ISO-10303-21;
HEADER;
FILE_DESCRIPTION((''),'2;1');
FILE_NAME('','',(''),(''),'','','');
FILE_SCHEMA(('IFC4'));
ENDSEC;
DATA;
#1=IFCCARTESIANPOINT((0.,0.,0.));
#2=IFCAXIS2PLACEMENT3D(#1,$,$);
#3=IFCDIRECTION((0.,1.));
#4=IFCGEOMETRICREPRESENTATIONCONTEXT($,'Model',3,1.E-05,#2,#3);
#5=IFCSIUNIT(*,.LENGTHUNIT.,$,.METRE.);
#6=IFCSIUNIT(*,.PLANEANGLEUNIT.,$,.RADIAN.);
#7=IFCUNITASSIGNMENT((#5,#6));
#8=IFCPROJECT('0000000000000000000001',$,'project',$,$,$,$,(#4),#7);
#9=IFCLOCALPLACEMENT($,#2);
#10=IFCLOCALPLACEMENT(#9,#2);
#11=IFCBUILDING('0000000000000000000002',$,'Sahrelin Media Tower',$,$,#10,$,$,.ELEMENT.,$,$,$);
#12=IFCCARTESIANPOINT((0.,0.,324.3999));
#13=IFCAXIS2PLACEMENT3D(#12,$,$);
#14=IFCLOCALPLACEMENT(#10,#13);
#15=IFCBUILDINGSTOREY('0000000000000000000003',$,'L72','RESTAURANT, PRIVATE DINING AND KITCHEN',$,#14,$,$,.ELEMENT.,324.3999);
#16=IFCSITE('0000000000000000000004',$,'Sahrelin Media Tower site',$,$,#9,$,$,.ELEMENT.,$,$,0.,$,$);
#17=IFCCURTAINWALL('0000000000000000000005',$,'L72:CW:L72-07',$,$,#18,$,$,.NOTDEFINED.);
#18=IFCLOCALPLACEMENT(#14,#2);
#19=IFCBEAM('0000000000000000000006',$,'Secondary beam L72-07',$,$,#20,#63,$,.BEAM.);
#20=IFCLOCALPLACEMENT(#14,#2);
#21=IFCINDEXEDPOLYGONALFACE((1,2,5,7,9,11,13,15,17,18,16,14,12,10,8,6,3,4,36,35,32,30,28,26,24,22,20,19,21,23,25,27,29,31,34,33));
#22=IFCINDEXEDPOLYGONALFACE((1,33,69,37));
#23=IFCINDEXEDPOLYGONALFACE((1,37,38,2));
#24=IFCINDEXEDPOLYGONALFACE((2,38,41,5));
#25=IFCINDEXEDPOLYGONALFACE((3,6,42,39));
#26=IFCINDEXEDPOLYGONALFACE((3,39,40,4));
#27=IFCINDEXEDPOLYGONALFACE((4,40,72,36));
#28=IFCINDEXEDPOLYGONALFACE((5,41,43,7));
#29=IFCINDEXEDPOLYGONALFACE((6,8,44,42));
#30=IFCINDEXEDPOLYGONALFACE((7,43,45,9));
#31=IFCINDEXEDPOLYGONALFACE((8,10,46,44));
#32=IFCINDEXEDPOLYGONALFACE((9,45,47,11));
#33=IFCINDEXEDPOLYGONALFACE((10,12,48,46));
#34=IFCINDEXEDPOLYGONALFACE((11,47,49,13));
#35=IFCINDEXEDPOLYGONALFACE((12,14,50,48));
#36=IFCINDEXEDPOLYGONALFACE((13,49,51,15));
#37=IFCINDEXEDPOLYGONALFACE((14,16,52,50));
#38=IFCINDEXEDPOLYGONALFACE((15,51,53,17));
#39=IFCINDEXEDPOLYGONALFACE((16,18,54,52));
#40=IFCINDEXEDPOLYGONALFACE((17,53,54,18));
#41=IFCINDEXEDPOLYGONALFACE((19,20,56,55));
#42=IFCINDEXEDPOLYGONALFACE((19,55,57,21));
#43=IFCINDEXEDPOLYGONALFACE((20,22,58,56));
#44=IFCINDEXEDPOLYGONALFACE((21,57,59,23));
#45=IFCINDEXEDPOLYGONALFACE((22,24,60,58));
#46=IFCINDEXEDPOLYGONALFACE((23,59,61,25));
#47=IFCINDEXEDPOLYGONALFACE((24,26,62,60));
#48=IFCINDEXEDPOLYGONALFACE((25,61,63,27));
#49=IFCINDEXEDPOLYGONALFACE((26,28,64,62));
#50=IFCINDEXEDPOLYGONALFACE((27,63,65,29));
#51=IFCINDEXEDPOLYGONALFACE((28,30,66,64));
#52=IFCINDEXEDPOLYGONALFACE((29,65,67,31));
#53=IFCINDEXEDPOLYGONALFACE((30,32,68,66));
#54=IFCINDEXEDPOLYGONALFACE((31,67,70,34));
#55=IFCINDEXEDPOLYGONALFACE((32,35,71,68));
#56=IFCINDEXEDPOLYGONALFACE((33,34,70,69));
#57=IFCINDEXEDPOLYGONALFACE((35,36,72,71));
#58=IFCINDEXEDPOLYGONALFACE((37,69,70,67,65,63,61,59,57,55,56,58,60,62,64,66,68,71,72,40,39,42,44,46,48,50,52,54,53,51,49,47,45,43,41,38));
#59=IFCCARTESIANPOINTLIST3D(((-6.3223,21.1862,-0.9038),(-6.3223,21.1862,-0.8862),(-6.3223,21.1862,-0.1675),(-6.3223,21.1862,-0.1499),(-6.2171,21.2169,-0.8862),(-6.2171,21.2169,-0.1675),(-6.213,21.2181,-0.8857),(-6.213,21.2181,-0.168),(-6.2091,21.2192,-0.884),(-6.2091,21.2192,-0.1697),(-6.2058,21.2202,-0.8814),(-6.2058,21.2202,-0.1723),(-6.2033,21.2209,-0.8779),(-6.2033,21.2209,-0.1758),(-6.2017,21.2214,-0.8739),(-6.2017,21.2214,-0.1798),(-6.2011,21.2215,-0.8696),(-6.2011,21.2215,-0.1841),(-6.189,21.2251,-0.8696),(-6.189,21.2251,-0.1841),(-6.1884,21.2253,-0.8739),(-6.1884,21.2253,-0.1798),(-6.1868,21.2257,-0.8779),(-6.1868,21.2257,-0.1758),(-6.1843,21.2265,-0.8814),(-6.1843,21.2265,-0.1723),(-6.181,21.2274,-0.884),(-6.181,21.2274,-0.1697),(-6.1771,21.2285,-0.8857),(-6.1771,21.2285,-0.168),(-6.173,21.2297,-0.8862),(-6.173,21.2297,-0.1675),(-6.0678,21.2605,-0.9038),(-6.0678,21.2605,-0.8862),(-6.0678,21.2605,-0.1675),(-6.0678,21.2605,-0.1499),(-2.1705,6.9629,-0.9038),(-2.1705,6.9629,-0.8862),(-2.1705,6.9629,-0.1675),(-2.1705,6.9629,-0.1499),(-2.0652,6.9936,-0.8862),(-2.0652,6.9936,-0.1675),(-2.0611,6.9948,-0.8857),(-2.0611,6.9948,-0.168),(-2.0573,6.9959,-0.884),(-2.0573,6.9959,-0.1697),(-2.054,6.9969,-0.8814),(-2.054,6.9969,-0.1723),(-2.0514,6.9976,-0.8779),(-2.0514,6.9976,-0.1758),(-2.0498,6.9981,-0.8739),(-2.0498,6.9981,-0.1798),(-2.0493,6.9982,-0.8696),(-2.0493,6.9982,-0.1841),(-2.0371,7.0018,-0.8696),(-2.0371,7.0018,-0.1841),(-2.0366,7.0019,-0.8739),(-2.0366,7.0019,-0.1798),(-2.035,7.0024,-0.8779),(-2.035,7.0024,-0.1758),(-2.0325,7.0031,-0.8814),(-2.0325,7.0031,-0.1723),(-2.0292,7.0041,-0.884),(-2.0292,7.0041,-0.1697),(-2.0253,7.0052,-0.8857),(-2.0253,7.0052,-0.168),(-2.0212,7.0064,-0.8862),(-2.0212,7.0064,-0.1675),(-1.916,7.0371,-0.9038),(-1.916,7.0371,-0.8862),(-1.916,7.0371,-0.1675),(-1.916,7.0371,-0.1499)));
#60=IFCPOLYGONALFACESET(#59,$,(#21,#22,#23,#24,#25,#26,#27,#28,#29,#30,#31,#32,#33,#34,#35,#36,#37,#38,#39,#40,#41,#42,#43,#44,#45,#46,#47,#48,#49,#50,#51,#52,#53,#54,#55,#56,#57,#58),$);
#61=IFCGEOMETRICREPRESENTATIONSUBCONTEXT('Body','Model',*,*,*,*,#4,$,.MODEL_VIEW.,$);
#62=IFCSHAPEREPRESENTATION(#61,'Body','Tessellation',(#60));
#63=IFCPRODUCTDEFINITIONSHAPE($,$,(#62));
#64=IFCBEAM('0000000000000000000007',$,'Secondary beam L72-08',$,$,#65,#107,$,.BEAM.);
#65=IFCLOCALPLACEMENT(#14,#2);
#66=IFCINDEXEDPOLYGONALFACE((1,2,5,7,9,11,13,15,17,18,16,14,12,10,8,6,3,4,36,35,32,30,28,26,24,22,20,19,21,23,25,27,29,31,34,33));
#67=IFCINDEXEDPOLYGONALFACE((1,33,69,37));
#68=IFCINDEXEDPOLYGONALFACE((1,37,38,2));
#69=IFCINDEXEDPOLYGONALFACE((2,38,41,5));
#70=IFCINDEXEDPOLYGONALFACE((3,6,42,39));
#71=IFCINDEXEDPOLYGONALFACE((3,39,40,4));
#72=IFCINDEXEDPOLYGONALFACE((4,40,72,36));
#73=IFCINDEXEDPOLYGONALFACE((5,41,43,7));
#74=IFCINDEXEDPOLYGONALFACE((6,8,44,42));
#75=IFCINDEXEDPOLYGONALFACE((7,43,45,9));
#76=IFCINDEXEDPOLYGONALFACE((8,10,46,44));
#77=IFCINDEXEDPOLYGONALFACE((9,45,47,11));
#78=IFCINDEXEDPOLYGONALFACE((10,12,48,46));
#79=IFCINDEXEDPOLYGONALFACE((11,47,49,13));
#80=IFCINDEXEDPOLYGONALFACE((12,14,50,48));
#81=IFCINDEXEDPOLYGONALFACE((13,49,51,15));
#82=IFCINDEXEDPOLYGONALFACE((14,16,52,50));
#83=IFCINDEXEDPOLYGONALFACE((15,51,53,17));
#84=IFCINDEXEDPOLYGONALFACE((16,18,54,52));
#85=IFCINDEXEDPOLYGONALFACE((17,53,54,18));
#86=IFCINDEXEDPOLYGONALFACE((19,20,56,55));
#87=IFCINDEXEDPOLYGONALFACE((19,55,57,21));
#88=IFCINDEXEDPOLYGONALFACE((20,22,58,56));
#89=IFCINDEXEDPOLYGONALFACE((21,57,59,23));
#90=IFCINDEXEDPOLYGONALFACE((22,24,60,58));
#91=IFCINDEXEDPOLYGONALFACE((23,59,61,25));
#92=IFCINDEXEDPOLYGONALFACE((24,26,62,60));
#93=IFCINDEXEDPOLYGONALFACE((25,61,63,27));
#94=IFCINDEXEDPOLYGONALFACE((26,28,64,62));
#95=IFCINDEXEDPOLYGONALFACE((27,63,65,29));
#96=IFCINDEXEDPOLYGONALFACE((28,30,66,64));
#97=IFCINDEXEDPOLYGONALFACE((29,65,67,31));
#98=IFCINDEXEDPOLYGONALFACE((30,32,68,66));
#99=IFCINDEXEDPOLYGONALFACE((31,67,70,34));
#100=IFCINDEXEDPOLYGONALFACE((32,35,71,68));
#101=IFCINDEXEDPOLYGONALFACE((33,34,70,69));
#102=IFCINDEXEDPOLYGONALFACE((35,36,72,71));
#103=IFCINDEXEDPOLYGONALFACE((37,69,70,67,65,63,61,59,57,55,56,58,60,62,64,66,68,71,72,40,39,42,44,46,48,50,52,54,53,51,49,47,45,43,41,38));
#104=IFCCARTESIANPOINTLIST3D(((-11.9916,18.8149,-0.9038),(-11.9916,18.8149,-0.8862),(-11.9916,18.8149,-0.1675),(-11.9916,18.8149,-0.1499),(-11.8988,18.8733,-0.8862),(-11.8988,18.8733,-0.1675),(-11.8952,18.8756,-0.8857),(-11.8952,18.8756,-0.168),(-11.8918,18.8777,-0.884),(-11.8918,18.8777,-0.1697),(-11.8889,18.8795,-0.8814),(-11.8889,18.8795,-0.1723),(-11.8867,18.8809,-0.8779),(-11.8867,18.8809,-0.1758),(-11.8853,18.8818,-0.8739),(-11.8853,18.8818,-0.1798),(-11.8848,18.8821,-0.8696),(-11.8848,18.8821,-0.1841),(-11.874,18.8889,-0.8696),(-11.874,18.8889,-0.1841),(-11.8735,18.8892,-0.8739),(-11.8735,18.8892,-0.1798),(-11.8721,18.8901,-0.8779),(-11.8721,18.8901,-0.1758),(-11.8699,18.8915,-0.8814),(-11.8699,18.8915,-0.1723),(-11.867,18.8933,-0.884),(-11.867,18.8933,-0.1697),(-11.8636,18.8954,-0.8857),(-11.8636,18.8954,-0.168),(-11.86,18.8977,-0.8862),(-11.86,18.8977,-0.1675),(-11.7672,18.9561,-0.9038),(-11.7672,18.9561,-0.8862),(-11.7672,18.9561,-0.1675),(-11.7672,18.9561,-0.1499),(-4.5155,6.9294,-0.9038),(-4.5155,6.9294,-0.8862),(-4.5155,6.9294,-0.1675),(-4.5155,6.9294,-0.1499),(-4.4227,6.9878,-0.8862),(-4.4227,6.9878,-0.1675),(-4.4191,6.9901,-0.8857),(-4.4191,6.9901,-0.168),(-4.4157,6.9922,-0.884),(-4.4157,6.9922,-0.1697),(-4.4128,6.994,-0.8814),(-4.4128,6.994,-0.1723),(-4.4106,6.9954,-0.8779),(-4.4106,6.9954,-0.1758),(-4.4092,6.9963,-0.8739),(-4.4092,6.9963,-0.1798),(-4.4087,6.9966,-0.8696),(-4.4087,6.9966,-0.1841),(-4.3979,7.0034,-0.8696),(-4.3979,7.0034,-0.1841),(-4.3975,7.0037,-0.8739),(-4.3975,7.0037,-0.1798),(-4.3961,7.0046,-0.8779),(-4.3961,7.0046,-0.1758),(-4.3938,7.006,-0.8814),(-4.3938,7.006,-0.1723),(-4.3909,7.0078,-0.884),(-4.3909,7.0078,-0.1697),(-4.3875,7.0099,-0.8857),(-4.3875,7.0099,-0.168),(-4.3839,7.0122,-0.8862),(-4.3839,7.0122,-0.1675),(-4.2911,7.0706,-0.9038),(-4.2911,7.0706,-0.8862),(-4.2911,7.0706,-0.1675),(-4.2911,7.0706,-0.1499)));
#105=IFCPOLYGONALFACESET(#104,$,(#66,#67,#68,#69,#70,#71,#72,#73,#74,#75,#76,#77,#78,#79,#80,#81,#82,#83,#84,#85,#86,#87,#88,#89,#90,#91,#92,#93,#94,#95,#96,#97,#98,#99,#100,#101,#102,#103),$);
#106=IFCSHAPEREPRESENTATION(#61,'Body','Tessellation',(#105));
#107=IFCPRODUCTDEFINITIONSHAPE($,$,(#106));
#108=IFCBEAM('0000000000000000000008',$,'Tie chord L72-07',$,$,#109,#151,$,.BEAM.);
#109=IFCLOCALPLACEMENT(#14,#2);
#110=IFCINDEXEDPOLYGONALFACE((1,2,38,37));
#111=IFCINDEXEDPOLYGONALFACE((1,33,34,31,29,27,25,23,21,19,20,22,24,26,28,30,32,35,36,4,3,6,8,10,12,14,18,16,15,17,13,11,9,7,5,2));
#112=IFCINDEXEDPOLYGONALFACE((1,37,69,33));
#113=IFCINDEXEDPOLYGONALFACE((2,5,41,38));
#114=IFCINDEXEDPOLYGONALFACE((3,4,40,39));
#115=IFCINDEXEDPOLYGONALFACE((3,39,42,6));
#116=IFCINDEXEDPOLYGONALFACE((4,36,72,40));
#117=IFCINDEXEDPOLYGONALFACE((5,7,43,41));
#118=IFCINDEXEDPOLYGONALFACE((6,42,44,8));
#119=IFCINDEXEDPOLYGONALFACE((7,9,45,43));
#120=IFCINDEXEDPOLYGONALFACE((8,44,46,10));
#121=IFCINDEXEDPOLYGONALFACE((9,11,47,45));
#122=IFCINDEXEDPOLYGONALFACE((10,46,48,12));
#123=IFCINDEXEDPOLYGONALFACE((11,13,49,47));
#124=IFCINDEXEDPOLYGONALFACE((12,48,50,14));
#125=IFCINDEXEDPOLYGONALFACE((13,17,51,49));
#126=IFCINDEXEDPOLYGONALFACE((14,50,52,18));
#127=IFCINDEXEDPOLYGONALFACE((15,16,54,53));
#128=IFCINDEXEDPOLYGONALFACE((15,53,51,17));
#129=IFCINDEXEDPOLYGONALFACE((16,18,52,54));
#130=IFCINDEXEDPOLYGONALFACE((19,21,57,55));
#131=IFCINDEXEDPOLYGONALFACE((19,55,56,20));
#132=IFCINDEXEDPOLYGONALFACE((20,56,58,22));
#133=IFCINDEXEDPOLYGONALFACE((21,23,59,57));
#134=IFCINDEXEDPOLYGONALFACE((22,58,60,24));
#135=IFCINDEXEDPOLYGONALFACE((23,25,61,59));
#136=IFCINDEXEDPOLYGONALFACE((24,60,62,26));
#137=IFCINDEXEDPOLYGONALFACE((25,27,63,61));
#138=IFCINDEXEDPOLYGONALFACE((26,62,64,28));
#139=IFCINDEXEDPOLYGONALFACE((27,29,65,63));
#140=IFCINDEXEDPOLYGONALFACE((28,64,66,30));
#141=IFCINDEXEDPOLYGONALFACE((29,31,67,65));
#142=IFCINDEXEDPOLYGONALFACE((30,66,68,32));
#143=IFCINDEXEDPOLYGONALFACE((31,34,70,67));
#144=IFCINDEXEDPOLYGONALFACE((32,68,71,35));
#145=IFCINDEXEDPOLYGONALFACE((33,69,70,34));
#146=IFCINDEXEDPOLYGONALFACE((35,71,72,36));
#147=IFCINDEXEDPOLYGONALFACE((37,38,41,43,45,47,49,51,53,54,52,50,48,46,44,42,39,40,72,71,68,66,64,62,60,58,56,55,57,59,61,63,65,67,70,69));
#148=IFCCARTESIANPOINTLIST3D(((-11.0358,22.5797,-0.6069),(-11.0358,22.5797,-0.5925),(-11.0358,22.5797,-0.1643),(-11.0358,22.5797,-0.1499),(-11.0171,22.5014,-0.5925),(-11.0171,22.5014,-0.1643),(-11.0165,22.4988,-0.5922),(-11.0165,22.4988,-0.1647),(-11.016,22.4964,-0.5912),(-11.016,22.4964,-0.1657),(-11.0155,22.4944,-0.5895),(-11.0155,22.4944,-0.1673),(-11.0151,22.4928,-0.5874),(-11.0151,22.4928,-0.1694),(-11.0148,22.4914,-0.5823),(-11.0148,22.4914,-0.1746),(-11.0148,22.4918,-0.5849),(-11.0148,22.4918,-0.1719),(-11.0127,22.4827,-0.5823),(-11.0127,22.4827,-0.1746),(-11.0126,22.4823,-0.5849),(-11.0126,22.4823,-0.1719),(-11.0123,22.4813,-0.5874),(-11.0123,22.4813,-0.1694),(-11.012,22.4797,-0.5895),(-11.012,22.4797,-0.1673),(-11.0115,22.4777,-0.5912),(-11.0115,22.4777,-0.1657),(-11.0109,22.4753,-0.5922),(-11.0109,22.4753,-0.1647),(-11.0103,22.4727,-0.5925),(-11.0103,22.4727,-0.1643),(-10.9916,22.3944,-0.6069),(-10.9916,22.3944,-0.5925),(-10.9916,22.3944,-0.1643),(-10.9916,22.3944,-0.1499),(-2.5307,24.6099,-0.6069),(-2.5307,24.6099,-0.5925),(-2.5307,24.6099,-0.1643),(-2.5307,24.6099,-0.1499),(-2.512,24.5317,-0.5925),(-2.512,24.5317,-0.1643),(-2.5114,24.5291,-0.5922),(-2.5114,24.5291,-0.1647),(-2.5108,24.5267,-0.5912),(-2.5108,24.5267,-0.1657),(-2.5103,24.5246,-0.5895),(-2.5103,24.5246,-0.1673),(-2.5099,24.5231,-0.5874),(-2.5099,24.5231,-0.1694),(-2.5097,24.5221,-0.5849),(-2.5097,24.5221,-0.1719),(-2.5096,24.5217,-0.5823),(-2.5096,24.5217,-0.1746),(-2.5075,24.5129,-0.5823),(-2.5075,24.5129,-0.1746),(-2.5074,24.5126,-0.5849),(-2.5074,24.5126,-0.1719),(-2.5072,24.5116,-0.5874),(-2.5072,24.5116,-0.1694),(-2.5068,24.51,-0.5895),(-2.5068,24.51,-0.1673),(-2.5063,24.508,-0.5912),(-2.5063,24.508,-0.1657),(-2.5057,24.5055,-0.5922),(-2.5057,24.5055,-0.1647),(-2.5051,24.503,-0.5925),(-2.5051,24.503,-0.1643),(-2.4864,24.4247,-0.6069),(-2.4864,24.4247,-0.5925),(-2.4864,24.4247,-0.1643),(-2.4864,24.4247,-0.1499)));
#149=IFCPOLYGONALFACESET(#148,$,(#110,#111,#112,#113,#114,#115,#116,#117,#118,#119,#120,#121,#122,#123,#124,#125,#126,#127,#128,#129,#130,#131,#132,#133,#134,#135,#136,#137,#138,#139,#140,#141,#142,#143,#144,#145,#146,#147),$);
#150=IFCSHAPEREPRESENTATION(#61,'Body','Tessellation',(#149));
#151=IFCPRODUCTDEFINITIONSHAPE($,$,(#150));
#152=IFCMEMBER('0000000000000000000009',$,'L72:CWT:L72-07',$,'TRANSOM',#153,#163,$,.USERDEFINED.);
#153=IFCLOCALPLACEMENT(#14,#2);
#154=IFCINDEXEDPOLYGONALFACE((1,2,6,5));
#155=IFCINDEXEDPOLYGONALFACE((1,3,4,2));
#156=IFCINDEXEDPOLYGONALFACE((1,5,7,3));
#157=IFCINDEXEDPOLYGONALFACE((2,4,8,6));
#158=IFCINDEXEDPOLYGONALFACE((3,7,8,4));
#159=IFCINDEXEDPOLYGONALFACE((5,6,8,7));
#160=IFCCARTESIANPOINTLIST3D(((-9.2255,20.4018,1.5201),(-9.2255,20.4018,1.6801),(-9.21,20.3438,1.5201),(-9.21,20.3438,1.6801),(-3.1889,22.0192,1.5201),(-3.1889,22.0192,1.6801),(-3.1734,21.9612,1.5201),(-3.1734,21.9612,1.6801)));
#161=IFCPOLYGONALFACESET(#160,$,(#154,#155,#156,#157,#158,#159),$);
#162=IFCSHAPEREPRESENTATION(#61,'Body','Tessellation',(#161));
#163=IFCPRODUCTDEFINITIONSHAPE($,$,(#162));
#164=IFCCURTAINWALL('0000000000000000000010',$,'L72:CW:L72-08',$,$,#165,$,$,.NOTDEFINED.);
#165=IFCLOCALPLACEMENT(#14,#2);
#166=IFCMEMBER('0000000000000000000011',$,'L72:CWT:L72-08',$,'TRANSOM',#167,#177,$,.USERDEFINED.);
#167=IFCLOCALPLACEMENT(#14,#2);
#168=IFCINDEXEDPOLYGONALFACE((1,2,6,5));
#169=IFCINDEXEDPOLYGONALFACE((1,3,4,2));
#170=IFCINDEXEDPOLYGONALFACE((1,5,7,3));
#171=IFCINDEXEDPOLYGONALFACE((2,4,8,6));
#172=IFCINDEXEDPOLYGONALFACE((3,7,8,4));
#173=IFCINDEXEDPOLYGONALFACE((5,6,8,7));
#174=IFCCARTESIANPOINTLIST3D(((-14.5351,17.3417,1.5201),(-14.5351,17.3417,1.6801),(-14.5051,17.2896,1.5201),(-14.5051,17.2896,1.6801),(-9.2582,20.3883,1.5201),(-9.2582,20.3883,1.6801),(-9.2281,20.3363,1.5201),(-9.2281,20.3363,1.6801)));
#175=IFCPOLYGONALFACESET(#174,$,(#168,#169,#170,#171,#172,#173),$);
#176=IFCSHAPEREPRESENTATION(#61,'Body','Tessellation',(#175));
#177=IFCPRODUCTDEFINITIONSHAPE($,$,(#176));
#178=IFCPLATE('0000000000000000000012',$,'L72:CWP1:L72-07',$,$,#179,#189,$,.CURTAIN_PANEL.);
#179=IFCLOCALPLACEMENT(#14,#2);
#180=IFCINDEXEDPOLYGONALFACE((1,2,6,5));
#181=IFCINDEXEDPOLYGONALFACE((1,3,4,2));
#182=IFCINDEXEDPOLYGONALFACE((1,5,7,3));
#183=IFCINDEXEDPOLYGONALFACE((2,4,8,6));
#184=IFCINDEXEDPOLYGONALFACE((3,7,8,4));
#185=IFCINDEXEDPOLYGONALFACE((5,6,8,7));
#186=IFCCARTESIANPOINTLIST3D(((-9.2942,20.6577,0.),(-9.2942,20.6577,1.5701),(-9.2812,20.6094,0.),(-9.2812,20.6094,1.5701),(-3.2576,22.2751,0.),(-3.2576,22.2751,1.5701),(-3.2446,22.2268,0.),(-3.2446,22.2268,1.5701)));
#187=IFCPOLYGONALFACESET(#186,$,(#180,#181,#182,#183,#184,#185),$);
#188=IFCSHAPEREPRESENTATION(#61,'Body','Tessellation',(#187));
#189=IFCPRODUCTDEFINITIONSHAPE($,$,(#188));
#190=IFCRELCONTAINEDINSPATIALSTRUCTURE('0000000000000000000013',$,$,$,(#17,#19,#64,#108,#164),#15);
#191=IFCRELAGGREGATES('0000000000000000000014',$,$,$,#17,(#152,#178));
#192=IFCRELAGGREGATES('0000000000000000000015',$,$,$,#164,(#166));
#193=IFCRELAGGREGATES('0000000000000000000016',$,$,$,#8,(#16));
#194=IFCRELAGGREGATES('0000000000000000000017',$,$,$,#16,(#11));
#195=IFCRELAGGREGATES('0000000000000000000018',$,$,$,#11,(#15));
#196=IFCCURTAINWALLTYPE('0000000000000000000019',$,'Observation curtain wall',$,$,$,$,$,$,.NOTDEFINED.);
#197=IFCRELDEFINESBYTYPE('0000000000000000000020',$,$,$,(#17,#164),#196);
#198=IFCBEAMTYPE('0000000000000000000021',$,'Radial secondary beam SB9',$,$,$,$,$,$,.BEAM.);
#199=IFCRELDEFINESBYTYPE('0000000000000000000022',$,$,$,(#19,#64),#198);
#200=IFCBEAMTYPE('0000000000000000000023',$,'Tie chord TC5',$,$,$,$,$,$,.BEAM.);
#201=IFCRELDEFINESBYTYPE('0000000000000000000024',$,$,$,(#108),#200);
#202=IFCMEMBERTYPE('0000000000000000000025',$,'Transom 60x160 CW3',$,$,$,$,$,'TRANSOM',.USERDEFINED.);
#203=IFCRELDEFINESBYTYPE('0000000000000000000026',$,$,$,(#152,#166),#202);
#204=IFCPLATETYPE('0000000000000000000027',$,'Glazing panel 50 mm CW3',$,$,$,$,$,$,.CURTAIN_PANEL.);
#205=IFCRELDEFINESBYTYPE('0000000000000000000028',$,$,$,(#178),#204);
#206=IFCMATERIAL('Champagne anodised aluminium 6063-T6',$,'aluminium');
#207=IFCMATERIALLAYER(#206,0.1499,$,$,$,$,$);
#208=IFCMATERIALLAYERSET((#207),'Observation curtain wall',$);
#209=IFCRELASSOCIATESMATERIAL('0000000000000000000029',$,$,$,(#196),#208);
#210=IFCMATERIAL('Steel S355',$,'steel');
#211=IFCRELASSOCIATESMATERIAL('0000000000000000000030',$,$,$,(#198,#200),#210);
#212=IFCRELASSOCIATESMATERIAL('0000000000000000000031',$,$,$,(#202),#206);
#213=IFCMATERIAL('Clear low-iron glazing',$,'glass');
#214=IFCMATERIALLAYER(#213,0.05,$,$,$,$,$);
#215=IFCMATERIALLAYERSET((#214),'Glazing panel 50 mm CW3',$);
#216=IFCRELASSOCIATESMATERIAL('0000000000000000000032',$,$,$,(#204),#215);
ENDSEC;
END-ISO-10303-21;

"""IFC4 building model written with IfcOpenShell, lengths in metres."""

from ifc_helpers import new_model, si_unit, direction, frame, origin, origin_2d, place, context, subcontext, project, spatial, polyline, rectangle, i_section, outline, extrude, material, layer, layer_set, material_profile, profile_set, type_object, element, aggregate, save


model = new_model("IFC4")

# Units and contexts
model_context = context("Model", 3, precision=1e-05, world=origin(), true_north=direction((0.0, 1.0)))
body_context = subcontext(model_context, "Body", "Model", "MODEL_VIEW")
ifc_project = project(units=[si_unit("LENGTHUNIT", "METRE"), si_unit("PLANEANGLEUNIT", "RADIAN")], contexts=[model_context])

# Site, building, storey
site_placement = place(None, origin())
site = spatial("IfcSite", under=ifc_project, at=site_placement, Name="Sahrelin Media Tower site", CompositionType="ELEMENT", RefElevation=0.0)
building_placement = place(site_placement, origin())
building = spatial("IfcBuilding", under=site, at=building_placement, Name="Sahrelin Media Tower", CompositionType="ELEMENT")
storey_placement = place(building_placement, frame((0.0, 0.0, 324.3999)))
storey = spatial("IfcBuildingStorey", under=building, at=storey_placement, Name="L72", Description="RESTAURANT, PRIVATE DINING AND KITCHEN", CompositionType="ELEMENT", Elevation=324.3999)

# Shared definitions
ifc_material_1 = material(Name="Steel S355", Category="steel")

# Curtain wall
ifc_material_2 = material(Name="Champagne anodised aluminium 6063-T6", Category="aluminium")
ifc_layer_1 = layer(ifc_material_2, 0.1499)
ifc_layer_set_1 = layer_set([ifc_layer_1], Name="Observation curtain wall")
curtain_wall_type = type_object("IfcCurtainWallType", Name="Observation curtain wall", PredefinedType="NOTDEFINED", material=ifc_layer_set_1)
curtain_wall_1_placement = place(storey_placement, frame((-6.2708, 21.447, 0.0), z_axis=(0.0, 0.0, 1.0), x_axis=(1.0, 0.0, 0.0)))
curtain_wall_1 = element("IfcCurtainWall", 1, at=curtain_wall_1_placement, inside=storey, type_object=curtain_wall_type, Name="L72:CW:L72-07", PredefinedType="NOTDEFINED")

# Beams
ifc_material_profile_1 = material_profile(ifc_material_1, i_section(OverallWidth=0.2651, OverallDepth=0.7539, WebThickness=0.0127, FlangeThickness=0.0176, FilletRadius=0.0166, at=origin_2d()), Name="UB 762x267x147")
ifc_profile_set_1 = profile_set([ifc_material_profile_1], Name="Steel S355")
beam_type_1 = type_object("IfcBeamType", Name="Radial secondary beam SB9", PredefinedType="BEAM", material=ifc_profile_set_1)
beam_1_placement = place(storey_placement, frame((-2.0432, 7.0, -0.5269), z_axis=(-0.280209, 0.959939, 0.0), x_axis=(-0.959939, -0.280209, 0.0)))
element("IfcBeam", 2, at=beam_1_placement, inside=storey, type_object=beam_type_1, Name="Secondary beam L72-07", PredefinedType="BEAM", context=body_context, shape_type="SweptSolid", body=[
    extrude(i_section(OverallWidth=0.2651, OverallDepth=0.7539, WebThickness=0.0127, FlangeThickness=0.0176, FilletRadius=0.0166, at=origin_2d()), origin(), (0.0, 0.0, 1.0), 14.8169),
])
beam_2_placement = place(storey_placement, frame((-4.4033, 7.0, -0.5269), z_axis=(-0.532436, 0.84647, 0.0), x_axis=(-0.84647, -0.532436, 0.0)))
element("IfcBeam", 3, at=beam_2_placement, inside=storey, type_object=beam_type_1, Name="Secondary beam L72-08", PredefinedType="BEAM", context=body_context, shape_type="SweptSolid", body=[
    extrude(i_section(OverallWidth=0.2651, OverallDepth=0.7539, WebThickness=0.0127, FlangeThickness=0.0176, FilletRadius=0.0166, at=origin_2d()), origin(), (0.0, 0.0, 1.0), 14.0413),
])
ifc_material_profile_2 = material_profile(ifc_material_1, i_section(OverallWidth=0.1904, OverallDepth=0.457, WebThickness=0.009, FlangeThickness=0.0144, FilletRadius=0.0103, at=origin_2d()), Name="UB 457x191x74")
ifc_profile_set_2 = profile_set([ifc_material_profile_2], Name="Steel S355")
beam_type_2 = type_object("IfcBeamType", Name="Tie chord TC5", PredefinedType="BEAM", material=ifc_profile_set_2)
beam_3_placement = place(storey_placement, frame((-2.5085, 24.5173, -0.3784), z_axis=(-0.972671, -0.232188, 0.0), x_axis=(0.232188, -0.972671, 0.0)))
element("IfcBeam", 4, at=beam_3_placement, inside=storey, type_object=beam_type_2, Name="Tie chord L72-07", PredefinedType="BEAM", context=body_context, shape_type="SweptSolid", body=[
    extrude(i_section(OverallWidth=0.1904, OverallDepth=0.457, WebThickness=0.009, FlangeThickness=0.0144, FilletRadius=0.0103, at=origin_2d()), origin(), (0.0, 0.0, 1.0), 8.7441),
])

# Member
ifc_material_profile_3 = material_profile(ifc_material_2, rectangle(XDim=0.0601, YDim=0.1599, at=origin_2d()), Name="Transom 60x160")
ifc_profile_set_3 = profile_set([ifc_material_profile_3], Name="Champagne anodised aluminium 6063-T6")
member_type_1 = type_object("IfcMemberType", Name="Transom 60x160 CW3", ElementType="TRANSOM", PredefinedType="USERDEFINED", material=ifc_profile_set_3)
member_1_placement = place(storey_placement, frame((-3.1812, 21.9902, 1.6001), z_axis=(-0.965929, -0.258808, 0.0), x_axis=(0.258808, -0.965929, 0.0)))
member_1 = element("IfcMember", 5, at=member_1_placement, type_object=member_type_1, Name="L72:CWT:L72-07", ObjectType="TRANSOM", PredefinedType="USERDEFINED", context=body_context, shape_type="SweptSolid", body=[
    extrude(rectangle(XDim=0.0601, YDim=0.1599, at=origin_2d()), origin(), (0.0, 0.0, 1.0), 6.2495),
])

# Curtain wall, member
curtain_wall_2_placement = place(storey_placement, frame((-12.019, 19.0771, 0.0), z_axis=(0.0, 0.0, 1.0), x_axis=(1.0, 0.0, 0.0)))
curtain_wall_2 = element("IfcCurtainWall", 6, at=curtain_wall_2_placement, inside=storey, type_object=curtain_wall_type, Name="L72:CW:L72-08", PredefinedType="NOTDEFINED")
member_2_placement = place(storey_placement, frame((-9.2432, 20.3623, 1.6001), z_axis=(-0.866023, -0.500005, 0.0), x_axis=(0.500005, -0.866023, 0.0)))
member_2 = element("IfcMember", 7, at=member_2_placement, type_object=member_type_1, Name="L72:CWT:L72-08", ObjectType="TRANSOM", PredefinedType="USERDEFINED", context=body_context, shape_type="SweptSolid", body=[
    extrude(rectangle(XDim=0.0601, YDim=0.1599, at=origin_2d()), origin(), (0.0, 0.0, 1.0), 6.0933),
])

# Plate
ifc_material_3 = material(Name="Clear low-iron glazing", Category="glass")
ifc_layer_2 = layer(ifc_material_3, 0.05)
ifc_layer_set_2 = layer_set([ifc_layer_2], Name="Glazing panel 50 mm CW3")
plate_type = type_object("IfcPlateType", Name="Glazing panel 50 mm CW3", PredefinedType="CURTAIN_PANEL", material=ifc_layer_set_2)
plate_1_placement = place(storey_placement, frame((-3.2576, 22.2751, 0.0), z_axis=(-0.258808, 0.965929, 0.0), x_axis=(-0.965929, -0.258808, 0.0)))
plate_1 = element("IfcPlate", 8, at=plate_1_placement, type_object=plate_type, Name="L72:CWP1:L72-07", PredefinedType="CURTAIN_PANEL", context=body_context, shape_type="SweptSolid", body=[
    extrude(outline(polyline([(0.0, 0.0), (6.2495, 0.0), (6.2495, 1.5701), (0.0, 1.5701), (0.0, 0.0)])), origin(), (0.0, 0.0, -1.0), 0.05),
])
aggregate(curtain_wall_1, [member_1, plate_1])
aggregate(curtain_wall_2, [member_2])

save(model, "model.ifc")
